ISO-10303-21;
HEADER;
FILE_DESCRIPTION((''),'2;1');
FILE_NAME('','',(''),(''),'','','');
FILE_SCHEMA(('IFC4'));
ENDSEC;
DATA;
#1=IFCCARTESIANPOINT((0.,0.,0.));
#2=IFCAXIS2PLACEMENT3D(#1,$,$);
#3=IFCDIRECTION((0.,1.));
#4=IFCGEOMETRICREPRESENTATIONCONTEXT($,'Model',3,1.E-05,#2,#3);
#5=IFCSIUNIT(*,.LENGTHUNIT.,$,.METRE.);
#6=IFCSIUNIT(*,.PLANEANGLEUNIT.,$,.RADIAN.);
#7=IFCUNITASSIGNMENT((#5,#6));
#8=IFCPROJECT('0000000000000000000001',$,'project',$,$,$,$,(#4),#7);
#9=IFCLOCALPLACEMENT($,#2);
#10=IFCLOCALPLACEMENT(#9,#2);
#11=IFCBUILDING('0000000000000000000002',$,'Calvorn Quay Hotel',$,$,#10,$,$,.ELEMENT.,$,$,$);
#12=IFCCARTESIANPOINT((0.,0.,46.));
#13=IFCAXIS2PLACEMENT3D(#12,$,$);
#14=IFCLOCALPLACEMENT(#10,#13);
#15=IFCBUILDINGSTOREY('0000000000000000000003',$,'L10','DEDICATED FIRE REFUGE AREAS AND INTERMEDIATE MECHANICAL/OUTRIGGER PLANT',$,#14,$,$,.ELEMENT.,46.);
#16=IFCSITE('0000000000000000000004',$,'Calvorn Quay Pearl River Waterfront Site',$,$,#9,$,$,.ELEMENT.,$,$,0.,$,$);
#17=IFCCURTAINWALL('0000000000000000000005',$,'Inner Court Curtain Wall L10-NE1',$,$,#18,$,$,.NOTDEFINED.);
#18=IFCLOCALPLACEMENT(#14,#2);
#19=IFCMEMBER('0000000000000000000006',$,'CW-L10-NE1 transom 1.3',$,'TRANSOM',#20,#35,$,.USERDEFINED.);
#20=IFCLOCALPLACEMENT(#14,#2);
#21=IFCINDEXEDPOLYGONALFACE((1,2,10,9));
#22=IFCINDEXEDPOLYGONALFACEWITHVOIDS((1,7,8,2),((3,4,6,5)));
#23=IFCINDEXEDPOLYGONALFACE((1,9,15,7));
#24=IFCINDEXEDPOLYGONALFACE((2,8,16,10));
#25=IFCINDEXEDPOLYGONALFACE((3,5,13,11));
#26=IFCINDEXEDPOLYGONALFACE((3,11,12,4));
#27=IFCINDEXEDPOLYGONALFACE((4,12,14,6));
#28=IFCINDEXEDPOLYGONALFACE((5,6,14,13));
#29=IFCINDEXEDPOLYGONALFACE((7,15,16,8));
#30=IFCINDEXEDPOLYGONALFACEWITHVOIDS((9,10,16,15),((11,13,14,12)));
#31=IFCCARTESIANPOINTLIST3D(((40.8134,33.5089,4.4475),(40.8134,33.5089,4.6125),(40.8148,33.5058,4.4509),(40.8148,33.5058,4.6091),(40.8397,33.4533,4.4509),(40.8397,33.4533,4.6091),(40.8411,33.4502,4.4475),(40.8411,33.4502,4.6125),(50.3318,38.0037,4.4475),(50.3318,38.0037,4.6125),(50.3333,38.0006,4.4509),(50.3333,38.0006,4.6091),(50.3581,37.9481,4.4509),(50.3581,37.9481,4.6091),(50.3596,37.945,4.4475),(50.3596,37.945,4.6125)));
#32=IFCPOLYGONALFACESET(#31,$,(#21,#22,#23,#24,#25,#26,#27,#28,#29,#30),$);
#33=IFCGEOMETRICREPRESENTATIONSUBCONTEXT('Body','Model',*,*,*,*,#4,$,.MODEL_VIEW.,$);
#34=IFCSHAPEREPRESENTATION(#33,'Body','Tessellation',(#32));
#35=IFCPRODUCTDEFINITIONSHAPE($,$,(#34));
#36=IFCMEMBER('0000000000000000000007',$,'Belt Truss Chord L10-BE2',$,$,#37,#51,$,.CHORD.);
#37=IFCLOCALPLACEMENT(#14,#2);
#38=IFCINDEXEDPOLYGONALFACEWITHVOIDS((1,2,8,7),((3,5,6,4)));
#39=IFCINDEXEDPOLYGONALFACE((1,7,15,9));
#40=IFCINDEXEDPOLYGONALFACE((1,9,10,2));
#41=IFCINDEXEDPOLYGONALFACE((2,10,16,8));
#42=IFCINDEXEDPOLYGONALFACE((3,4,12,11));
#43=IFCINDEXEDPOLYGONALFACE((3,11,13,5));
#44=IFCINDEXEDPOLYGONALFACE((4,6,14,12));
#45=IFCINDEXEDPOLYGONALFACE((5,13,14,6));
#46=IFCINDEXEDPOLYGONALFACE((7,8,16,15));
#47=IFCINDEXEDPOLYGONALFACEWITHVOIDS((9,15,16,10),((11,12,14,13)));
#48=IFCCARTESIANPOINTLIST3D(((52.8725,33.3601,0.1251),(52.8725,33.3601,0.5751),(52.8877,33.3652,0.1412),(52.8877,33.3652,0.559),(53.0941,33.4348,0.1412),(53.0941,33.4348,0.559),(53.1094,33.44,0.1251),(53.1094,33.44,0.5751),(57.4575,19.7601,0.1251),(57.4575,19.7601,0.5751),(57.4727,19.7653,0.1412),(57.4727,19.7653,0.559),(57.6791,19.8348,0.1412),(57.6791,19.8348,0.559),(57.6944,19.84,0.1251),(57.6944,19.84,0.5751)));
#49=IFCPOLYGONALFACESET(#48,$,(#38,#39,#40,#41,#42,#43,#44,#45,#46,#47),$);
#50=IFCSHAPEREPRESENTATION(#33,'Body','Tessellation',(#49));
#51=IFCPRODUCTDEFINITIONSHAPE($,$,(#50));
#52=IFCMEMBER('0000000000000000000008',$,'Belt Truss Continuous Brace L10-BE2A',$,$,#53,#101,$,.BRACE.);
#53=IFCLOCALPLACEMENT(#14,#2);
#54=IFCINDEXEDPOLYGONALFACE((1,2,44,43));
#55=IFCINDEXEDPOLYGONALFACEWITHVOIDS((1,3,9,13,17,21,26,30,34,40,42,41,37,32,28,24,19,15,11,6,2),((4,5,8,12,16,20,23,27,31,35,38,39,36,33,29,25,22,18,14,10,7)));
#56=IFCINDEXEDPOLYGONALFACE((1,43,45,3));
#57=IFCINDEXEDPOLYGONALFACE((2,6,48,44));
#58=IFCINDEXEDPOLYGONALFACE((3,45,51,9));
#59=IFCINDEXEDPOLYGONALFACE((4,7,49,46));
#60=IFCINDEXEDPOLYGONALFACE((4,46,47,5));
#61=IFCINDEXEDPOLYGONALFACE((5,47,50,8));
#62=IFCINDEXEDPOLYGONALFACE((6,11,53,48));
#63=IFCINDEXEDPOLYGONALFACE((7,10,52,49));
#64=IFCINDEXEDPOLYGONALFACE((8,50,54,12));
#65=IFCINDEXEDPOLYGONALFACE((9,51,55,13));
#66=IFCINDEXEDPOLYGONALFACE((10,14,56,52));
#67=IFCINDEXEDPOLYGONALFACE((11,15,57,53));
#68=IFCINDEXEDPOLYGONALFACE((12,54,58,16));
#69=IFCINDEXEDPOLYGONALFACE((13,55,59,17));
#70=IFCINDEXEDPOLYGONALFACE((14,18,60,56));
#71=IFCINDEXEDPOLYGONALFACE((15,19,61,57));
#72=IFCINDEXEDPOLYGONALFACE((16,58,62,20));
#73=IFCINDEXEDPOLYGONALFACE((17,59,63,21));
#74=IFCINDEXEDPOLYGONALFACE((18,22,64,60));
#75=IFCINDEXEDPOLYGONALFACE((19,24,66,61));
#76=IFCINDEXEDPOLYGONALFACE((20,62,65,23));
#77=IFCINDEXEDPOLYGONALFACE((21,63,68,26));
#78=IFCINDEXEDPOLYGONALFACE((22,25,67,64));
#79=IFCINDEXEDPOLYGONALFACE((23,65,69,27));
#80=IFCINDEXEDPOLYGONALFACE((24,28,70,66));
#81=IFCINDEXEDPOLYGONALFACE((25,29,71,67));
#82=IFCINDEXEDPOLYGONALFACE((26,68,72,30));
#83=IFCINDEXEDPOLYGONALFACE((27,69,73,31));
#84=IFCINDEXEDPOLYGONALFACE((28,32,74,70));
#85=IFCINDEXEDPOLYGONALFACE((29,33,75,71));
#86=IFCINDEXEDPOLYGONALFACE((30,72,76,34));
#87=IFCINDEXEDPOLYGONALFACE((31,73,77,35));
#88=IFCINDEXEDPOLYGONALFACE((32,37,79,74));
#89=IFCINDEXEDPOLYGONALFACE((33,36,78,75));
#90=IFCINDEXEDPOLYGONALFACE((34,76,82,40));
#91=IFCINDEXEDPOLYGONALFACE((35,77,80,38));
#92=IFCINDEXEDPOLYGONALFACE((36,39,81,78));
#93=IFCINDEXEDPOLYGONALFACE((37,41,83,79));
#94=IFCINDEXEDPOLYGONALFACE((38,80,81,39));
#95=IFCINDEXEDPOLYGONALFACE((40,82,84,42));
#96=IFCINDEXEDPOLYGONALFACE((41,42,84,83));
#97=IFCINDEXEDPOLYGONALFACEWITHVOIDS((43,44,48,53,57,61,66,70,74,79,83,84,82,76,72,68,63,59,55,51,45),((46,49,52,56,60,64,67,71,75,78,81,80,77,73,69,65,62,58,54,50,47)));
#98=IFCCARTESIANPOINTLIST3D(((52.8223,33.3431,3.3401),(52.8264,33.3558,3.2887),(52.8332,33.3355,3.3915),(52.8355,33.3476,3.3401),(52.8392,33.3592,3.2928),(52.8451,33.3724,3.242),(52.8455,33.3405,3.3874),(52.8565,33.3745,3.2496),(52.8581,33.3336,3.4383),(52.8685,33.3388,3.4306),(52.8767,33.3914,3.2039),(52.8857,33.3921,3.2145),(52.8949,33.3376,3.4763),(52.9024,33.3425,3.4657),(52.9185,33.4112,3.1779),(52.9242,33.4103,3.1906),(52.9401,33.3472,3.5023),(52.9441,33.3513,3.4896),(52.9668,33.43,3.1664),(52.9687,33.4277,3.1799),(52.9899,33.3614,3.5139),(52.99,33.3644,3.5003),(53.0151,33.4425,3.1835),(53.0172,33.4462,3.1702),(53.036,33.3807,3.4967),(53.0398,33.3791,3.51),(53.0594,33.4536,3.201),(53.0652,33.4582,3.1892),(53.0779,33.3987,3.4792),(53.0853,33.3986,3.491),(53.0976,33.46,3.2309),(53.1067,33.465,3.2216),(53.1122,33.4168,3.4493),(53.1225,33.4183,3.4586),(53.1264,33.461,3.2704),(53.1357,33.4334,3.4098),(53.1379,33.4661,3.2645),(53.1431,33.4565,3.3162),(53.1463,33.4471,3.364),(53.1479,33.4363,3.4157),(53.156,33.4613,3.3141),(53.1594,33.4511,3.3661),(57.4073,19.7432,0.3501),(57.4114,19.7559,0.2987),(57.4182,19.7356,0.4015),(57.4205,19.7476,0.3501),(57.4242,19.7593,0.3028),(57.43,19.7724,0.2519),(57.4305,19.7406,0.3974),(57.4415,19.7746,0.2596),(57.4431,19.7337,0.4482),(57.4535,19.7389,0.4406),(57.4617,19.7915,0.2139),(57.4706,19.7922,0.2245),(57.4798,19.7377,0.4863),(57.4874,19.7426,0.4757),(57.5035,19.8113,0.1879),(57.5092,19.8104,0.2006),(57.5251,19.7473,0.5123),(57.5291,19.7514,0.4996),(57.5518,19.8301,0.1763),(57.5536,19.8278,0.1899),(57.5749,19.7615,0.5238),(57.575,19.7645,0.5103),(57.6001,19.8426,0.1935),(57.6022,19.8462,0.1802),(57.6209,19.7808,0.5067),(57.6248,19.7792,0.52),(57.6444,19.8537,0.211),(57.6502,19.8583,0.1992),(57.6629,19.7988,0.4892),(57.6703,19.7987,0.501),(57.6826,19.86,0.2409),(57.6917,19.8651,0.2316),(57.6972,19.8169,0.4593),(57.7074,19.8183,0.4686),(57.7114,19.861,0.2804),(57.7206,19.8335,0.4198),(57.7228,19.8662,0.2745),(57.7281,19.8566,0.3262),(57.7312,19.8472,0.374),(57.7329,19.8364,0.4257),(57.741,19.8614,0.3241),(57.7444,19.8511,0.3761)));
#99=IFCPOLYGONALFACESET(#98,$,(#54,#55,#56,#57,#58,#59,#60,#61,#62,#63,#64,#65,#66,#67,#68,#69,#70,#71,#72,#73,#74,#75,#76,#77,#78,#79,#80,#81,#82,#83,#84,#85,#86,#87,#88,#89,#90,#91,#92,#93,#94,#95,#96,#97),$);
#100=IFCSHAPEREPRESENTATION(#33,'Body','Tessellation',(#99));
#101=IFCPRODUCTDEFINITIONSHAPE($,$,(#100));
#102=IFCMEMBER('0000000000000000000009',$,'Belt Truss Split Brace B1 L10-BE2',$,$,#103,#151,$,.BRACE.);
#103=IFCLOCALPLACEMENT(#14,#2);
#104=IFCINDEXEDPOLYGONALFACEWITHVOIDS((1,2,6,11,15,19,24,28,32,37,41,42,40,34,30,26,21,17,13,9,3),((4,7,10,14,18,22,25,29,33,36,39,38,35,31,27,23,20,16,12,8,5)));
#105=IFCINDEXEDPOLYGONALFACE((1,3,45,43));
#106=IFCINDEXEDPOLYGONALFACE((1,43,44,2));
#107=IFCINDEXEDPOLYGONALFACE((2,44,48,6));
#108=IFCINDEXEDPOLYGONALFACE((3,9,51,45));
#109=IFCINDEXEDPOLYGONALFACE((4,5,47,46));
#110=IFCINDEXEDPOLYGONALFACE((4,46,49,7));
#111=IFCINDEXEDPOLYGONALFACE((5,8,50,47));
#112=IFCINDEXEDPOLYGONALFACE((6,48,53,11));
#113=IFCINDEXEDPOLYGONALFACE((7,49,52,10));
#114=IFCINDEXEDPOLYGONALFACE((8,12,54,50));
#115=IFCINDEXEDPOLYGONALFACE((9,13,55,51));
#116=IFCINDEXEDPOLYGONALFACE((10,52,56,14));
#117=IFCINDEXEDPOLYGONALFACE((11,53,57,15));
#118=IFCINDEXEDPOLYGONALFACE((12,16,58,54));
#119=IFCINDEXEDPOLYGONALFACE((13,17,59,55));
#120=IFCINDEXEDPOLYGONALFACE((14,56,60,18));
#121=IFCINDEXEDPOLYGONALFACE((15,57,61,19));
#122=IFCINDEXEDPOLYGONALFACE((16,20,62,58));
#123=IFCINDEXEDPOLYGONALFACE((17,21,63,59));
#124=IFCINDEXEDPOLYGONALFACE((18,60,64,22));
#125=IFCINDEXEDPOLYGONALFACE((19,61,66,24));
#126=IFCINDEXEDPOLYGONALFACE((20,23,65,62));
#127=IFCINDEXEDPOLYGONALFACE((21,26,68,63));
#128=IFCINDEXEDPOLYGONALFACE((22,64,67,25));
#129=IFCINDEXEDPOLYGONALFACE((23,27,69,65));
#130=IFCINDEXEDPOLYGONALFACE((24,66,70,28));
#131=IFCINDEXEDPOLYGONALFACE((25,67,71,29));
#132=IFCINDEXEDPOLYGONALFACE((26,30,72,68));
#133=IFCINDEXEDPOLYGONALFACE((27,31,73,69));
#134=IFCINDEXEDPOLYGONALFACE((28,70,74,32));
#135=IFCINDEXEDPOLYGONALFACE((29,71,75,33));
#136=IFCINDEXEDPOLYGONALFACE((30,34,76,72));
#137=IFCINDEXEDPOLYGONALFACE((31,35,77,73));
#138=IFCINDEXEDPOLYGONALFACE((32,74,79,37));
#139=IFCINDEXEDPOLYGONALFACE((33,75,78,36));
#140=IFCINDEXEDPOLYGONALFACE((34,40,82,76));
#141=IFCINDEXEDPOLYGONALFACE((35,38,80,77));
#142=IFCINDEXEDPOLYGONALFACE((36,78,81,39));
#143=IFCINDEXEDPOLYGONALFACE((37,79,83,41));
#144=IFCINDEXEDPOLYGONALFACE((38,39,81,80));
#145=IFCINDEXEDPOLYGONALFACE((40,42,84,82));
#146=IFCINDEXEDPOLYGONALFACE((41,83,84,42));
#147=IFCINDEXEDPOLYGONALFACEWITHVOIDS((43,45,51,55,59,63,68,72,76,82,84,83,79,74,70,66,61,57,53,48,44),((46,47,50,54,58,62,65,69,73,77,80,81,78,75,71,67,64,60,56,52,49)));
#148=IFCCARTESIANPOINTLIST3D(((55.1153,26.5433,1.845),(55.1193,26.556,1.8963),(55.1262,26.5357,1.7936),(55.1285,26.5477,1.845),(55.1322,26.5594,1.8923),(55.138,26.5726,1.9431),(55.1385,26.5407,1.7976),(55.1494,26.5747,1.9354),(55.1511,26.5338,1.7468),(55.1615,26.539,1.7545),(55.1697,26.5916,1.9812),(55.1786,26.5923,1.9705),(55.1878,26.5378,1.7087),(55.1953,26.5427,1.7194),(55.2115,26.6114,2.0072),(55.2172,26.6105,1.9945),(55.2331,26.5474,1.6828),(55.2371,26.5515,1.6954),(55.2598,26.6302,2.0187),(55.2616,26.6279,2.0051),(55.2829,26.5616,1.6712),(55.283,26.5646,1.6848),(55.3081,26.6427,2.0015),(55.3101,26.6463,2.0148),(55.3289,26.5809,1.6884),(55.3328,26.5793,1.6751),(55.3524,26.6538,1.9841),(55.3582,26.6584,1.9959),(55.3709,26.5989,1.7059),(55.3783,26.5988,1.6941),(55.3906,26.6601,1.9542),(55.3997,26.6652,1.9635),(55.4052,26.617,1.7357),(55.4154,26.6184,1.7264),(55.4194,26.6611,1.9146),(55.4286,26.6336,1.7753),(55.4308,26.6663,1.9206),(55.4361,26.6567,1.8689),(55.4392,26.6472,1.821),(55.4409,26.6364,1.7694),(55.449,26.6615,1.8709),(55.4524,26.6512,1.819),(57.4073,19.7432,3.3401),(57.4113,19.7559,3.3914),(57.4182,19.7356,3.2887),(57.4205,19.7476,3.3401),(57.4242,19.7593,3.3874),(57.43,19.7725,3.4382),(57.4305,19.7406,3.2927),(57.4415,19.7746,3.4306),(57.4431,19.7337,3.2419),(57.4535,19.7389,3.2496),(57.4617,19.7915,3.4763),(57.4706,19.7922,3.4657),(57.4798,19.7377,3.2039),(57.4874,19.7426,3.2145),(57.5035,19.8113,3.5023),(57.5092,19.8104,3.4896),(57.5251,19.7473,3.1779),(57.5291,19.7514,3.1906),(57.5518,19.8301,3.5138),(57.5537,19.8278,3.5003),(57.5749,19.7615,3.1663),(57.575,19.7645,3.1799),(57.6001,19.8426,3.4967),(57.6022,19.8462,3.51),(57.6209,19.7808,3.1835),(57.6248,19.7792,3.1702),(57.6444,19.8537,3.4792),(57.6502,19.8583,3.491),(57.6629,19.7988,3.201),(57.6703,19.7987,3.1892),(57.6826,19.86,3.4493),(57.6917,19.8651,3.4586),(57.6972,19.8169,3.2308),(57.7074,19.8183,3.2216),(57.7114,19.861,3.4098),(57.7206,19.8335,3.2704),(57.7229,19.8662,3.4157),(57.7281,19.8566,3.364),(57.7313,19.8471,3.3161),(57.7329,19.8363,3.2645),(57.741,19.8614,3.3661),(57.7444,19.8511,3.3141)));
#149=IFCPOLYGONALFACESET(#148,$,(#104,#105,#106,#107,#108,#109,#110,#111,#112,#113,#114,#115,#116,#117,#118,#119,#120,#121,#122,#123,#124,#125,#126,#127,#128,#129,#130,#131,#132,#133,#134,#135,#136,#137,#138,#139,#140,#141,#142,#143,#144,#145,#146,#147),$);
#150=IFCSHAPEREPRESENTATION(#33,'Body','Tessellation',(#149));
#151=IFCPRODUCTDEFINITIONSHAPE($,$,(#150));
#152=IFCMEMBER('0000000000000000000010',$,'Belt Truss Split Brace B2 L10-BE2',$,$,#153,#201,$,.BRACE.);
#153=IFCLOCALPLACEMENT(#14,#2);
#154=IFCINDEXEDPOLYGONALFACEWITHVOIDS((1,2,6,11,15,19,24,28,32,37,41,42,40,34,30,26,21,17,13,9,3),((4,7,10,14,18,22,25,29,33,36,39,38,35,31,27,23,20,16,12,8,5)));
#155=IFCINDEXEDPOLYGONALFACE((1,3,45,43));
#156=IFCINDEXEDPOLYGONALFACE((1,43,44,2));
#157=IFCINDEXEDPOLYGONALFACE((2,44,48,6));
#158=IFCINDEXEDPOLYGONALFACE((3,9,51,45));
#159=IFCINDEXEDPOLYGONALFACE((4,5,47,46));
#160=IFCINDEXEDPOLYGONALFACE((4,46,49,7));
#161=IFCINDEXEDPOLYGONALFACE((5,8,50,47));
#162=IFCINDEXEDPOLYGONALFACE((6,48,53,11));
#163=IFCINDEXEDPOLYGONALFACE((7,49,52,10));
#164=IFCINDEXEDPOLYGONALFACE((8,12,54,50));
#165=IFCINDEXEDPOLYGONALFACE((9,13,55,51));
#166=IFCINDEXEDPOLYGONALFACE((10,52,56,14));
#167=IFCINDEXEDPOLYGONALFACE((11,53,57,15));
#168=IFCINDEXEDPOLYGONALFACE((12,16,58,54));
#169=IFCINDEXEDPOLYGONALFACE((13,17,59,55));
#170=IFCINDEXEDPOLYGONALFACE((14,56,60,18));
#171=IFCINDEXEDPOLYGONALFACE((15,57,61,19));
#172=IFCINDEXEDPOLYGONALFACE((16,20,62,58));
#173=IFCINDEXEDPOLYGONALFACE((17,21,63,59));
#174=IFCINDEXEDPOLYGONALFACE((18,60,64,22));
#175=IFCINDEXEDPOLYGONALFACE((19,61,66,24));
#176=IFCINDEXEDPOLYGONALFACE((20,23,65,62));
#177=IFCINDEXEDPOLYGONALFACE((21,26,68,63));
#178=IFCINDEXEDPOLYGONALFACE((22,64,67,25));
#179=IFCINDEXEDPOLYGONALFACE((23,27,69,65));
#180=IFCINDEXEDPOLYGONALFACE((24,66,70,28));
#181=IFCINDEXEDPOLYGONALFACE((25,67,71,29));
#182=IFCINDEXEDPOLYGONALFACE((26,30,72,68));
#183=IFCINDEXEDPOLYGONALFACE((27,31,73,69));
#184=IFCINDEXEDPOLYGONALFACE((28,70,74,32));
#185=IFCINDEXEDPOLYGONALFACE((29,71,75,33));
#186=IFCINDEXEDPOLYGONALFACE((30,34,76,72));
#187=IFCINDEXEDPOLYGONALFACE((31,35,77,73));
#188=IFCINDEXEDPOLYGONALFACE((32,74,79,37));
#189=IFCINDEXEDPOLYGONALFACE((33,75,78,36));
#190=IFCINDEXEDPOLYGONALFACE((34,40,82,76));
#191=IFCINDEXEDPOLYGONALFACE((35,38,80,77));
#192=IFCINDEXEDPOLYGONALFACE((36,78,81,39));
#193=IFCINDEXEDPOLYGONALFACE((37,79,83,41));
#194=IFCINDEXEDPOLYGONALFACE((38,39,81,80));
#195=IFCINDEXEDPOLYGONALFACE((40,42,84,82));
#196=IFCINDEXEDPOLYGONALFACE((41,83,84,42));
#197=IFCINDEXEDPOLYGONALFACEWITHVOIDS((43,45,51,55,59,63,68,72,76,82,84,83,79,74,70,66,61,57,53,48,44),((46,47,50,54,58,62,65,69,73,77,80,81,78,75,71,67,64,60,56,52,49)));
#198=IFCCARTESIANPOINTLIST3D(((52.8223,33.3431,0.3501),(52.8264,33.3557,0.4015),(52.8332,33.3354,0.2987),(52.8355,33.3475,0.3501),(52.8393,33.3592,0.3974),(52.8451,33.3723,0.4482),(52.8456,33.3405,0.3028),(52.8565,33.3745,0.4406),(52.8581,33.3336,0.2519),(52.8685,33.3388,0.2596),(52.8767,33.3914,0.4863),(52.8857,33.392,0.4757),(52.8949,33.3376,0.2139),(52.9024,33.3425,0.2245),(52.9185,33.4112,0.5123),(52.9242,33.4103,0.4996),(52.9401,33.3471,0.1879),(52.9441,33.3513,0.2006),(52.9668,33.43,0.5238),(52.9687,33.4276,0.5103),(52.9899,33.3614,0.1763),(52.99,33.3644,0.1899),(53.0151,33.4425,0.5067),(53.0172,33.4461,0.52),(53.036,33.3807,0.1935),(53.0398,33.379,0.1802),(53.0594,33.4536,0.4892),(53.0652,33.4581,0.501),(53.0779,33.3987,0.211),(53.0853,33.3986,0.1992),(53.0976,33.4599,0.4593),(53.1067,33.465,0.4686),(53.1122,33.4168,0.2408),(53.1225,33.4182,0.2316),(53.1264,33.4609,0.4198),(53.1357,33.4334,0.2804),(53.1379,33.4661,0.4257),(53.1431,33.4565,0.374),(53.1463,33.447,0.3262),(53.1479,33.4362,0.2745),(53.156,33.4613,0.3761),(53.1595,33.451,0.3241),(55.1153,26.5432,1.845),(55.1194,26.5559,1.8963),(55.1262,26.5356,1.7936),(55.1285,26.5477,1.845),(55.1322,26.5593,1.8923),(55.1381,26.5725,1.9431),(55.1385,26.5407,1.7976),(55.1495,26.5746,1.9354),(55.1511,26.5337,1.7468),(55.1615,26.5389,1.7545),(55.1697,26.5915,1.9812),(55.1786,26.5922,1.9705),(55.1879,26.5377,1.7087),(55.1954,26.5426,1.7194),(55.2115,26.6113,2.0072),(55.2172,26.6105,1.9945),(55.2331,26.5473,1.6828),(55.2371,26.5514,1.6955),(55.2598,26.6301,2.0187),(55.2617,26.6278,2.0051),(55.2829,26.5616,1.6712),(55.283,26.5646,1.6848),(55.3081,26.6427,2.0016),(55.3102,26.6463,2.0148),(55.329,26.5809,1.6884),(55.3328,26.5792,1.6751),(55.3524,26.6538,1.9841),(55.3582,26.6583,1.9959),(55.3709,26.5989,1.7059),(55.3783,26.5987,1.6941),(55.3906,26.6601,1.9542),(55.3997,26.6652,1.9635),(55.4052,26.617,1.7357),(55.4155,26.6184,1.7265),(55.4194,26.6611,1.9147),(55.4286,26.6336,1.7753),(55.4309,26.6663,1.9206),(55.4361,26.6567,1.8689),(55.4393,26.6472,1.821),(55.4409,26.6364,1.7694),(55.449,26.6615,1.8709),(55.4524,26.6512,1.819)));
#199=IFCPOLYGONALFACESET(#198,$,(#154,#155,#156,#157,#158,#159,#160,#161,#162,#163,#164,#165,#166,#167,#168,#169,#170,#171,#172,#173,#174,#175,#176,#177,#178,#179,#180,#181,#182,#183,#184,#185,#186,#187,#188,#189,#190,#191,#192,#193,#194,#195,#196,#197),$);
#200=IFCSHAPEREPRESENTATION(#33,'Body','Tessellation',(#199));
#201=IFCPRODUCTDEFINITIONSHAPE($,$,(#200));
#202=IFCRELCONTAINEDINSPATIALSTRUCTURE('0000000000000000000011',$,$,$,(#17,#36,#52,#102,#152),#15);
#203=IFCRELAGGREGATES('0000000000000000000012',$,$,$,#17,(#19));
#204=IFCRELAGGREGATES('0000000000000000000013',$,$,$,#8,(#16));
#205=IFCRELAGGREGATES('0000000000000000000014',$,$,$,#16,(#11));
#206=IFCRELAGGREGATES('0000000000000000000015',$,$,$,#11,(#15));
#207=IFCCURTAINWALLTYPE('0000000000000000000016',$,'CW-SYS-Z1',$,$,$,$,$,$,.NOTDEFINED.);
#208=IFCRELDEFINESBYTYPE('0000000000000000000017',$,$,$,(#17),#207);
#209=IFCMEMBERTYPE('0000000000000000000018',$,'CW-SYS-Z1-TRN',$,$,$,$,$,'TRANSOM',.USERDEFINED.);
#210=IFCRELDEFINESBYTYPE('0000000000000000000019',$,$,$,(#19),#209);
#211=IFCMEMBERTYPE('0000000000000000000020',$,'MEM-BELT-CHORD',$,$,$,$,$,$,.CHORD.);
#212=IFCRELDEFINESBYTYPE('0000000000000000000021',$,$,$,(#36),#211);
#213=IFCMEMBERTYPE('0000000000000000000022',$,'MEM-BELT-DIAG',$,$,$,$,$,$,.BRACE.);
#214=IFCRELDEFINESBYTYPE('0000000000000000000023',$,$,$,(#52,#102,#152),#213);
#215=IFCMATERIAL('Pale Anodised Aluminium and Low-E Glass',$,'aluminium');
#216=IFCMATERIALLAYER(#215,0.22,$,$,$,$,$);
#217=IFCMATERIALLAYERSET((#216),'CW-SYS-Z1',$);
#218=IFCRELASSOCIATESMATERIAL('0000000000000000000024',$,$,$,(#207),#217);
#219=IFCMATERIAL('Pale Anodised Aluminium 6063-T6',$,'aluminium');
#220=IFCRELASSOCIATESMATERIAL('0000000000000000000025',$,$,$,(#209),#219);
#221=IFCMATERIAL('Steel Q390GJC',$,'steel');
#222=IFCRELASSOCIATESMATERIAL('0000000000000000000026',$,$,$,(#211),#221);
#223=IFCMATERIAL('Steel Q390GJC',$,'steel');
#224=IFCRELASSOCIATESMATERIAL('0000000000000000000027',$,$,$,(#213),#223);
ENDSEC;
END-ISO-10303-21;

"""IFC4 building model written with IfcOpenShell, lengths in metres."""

from ifc_helpers import new_model, si_unit, direction, frame, origin, origin_2d, place, context, subcontext, project, spatial, hollow_rectangle, hollow_circle, extrude, material, layer, layer_set, material_profile, profile_set, type_object, element, aggregate, save


model = new_model("IFC4")

# Units and contexts
model_context = context("Model", 3, precision=1e-05, world=origin(), true_north=direction((0.0, 1.0)))
body_context = subcontext(model_context, "Body", "Model", "MODEL_VIEW")
ifc_project = project(units=[si_unit("LENGTHUNIT", "METRE"), si_unit("PLANEANGLEUNIT", "RADIAN")], contexts=[model_context])

# Site, building, storey
site_placement = place(None, origin())
site = spatial("IfcSite", under=ifc_project, at=site_placement, Name="Calvorn Quay Pearl River Waterfront Site", CompositionType="ELEMENT", RefElevation=0.0)
building_placement = place(site_placement, origin())
building = spatial("IfcBuilding", under=site, at=building_placement, Name="Calvorn Quay Hotel", CompositionType="ELEMENT")
storey_placement = place(building_placement, frame((0.0, 0.0, 46.0)))
storey = spatial("IfcBuildingStorey", under=building, at=storey_placement, Name="L10", Description="DEDICATED FIRE REFUGE AREAS AND INTERMEDIATE MECHANICAL/OUTRIGGER PLANT", CompositionType="ELEMENT", Elevation=46.0)

# Curtain wall, member
ifc_material_1 = material(Name="Pale Anodised Aluminium and Low-E Glass", Category="aluminium")
ifc_layer_1 = layer(ifc_material_1, 0.22)
ifc_layer_set_1 = layer_set([ifc_layer_1], Name="CW-SYS-Z1")
curtain_wall_type = type_object("IfcCurtainWallType", Name="CW-SYS-Z1", PredefinedType="NOTDEFINED", material=ifc_layer_set_1)
curtain_wall_placement = place(storey_placement, origin())
curtain_wall = element("IfcCurtainWall", 1, at=curtain_wall_placement, inside=storey, type_object=curtain_wall_type, Name="Inner Court Curtain Wall L10-NE1", PredefinedType="NOTDEFINED")
ifc_material_2 = material(Name="Pale Anodised Aluminium 6063-T6", Category="aluminium")
ifc_material_profile_1 = material_profile(ifc_material_2, hollow_rectangle(XDim=0.0649, YDim=0.165, WallThickness=0.0034, at=origin_2d()), Name="ALU-T165x65x3.5")
ifc_profile_set_1 = profile_set([ifc_material_profile_1], Name="Pale Anodised Aluminium 6063-T6")
member_type_1 = type_object("IfcMemberType", Name="CW-SYS-Z1-TRN", ElementType="TRANSOM", PredefinedType="USERDEFINED", material=ifc_profile_set_1)
member_1_placement = place(storey_placement, frame((50.3457, 37.9744, 4.53), z_axis=(-0.904249, -0.427006, 0.0), x_axis=(0.427006, -0.904249, 0.0)))
member_1 = element("IfcMember", 2, at=member_1_placement, type_object=member_type_1, Name="CW-L10-NE1 transom 1.3", ObjectType="TRANSOM", PredefinedType="USERDEFINED", context=body_context, shape_type="SweptSolid", body=[
    extrude(hollow_rectangle(XDim=0.0649, YDim=0.165, WallThickness=0.0034, at=origin_2d()), origin(), (0.0, 0.0, 1.0), 10.5264),
])

# Members
ifc_material_3 = material(Name="Steel Q390GJC", Category="steel")
ifc_material_profile_2 = material_profile(ifc_material_3, hollow_rectangle(XDim=0.25, YDim=0.45, WallThickness=0.0161, at=origin_2d()), Name="RHS450x250x16")
ifc_profile_set_2 = profile_set([ifc_material_profile_2], Name="Steel Q390GJC")
member_type_2 = type_object("IfcMemberType", Name="MEM-BELT-CHORD", PredefinedType="CHORD", material=ifc_profile_set_2)
member_2_placement = place(storey_placement, frame((57.5759, 19.8, 0.3501), z_axis=(-0.319467, 0.947598, 0.0), x_axis=(-0.947598, -0.319467, 0.0)))
element("IfcMember", 3, at=member_2_placement, inside=storey, type_object=member_type_2, Name="Belt Truss Chord L10-BE2", PredefinedType="CHORD", context=body_context, shape_type="SweptSolid", body=[
    extrude(hollow_rectangle(XDim=0.25, YDim=0.45, WallThickness=0.0161, at=origin_2d()), origin(), (0.0, 0.0, 1.0), 14.3521),
])
ifc_material_4 = material(Name="Steel Q390GJC", Category="steel")
ifc_material_profile_3 = material_profile(ifc_material_4, hollow_circle(Radius=0.178, WallThickness=0.0139, at=origin_2d()), Name="CHS356x14")
ifc_profile_set_3 = profile_set([ifc_material_profile_3], Name="Steel Q390GJC")
member_type_3 = type_object("IfcMemberType", Name="MEM-BELT-DIAG", PredefinedType="BRACE", material=ifc_profile_set_3)
member_3_placement = place(storey_placement, frame((57.5759, 19.8, 0.3501), z_axis=(-0.312751, 0.927679, 0.203955), x_axis=(-0.947598, -0.319467, 0.0)))
element("IfcMember", 4, at=member_3_placement, inside=storey, type_object=member_type_3, Name="Belt Truss Continuous Brace L10-BE2A", PredefinedType="BRACE", context=body_context, shape_type="SweptSolid", body=[
    extrude(hollow_circle(Radius=0.178, WallThickness=0.0139, at=origin_2d()), origin(), (0.0, 0.0, 1.0), 14.6602),
])
for number, where, z_axis, x_axis, name in (
    (5, (57.5759, 19.8, 3.3401), (-0.312685, 0.927698, -0.203972), (-0.94762, -0.3194, 0.0), "Belt Truss Split Brace B1 L10-BE2"),
    (6, (55.2839, 26.6001, 1.845), (-0.312817, 0.927661, -0.203938), (-0.947575, -0.319533, 0.0), "Belt Truss Split Brace B2 L10-BE2"),
):
    element("IfcMember", number, at=place(storey_placement, frame(where, z_axis=z_axis, x_axis=x_axis)), inside=storey, type_object=member_type_3, Name=name, PredefinedType="BRACE", context=body_context, shape_type="SweptSolid", body=[
        extrude(hollow_circle(Radius=0.178, WallThickness=0.0139, at=origin_2d()), origin(), (0.0, 0.0, 1.0), 7.3301),
    ])

aggregate(curtain_wall, [member_1])

save(model, "model.ifc")
